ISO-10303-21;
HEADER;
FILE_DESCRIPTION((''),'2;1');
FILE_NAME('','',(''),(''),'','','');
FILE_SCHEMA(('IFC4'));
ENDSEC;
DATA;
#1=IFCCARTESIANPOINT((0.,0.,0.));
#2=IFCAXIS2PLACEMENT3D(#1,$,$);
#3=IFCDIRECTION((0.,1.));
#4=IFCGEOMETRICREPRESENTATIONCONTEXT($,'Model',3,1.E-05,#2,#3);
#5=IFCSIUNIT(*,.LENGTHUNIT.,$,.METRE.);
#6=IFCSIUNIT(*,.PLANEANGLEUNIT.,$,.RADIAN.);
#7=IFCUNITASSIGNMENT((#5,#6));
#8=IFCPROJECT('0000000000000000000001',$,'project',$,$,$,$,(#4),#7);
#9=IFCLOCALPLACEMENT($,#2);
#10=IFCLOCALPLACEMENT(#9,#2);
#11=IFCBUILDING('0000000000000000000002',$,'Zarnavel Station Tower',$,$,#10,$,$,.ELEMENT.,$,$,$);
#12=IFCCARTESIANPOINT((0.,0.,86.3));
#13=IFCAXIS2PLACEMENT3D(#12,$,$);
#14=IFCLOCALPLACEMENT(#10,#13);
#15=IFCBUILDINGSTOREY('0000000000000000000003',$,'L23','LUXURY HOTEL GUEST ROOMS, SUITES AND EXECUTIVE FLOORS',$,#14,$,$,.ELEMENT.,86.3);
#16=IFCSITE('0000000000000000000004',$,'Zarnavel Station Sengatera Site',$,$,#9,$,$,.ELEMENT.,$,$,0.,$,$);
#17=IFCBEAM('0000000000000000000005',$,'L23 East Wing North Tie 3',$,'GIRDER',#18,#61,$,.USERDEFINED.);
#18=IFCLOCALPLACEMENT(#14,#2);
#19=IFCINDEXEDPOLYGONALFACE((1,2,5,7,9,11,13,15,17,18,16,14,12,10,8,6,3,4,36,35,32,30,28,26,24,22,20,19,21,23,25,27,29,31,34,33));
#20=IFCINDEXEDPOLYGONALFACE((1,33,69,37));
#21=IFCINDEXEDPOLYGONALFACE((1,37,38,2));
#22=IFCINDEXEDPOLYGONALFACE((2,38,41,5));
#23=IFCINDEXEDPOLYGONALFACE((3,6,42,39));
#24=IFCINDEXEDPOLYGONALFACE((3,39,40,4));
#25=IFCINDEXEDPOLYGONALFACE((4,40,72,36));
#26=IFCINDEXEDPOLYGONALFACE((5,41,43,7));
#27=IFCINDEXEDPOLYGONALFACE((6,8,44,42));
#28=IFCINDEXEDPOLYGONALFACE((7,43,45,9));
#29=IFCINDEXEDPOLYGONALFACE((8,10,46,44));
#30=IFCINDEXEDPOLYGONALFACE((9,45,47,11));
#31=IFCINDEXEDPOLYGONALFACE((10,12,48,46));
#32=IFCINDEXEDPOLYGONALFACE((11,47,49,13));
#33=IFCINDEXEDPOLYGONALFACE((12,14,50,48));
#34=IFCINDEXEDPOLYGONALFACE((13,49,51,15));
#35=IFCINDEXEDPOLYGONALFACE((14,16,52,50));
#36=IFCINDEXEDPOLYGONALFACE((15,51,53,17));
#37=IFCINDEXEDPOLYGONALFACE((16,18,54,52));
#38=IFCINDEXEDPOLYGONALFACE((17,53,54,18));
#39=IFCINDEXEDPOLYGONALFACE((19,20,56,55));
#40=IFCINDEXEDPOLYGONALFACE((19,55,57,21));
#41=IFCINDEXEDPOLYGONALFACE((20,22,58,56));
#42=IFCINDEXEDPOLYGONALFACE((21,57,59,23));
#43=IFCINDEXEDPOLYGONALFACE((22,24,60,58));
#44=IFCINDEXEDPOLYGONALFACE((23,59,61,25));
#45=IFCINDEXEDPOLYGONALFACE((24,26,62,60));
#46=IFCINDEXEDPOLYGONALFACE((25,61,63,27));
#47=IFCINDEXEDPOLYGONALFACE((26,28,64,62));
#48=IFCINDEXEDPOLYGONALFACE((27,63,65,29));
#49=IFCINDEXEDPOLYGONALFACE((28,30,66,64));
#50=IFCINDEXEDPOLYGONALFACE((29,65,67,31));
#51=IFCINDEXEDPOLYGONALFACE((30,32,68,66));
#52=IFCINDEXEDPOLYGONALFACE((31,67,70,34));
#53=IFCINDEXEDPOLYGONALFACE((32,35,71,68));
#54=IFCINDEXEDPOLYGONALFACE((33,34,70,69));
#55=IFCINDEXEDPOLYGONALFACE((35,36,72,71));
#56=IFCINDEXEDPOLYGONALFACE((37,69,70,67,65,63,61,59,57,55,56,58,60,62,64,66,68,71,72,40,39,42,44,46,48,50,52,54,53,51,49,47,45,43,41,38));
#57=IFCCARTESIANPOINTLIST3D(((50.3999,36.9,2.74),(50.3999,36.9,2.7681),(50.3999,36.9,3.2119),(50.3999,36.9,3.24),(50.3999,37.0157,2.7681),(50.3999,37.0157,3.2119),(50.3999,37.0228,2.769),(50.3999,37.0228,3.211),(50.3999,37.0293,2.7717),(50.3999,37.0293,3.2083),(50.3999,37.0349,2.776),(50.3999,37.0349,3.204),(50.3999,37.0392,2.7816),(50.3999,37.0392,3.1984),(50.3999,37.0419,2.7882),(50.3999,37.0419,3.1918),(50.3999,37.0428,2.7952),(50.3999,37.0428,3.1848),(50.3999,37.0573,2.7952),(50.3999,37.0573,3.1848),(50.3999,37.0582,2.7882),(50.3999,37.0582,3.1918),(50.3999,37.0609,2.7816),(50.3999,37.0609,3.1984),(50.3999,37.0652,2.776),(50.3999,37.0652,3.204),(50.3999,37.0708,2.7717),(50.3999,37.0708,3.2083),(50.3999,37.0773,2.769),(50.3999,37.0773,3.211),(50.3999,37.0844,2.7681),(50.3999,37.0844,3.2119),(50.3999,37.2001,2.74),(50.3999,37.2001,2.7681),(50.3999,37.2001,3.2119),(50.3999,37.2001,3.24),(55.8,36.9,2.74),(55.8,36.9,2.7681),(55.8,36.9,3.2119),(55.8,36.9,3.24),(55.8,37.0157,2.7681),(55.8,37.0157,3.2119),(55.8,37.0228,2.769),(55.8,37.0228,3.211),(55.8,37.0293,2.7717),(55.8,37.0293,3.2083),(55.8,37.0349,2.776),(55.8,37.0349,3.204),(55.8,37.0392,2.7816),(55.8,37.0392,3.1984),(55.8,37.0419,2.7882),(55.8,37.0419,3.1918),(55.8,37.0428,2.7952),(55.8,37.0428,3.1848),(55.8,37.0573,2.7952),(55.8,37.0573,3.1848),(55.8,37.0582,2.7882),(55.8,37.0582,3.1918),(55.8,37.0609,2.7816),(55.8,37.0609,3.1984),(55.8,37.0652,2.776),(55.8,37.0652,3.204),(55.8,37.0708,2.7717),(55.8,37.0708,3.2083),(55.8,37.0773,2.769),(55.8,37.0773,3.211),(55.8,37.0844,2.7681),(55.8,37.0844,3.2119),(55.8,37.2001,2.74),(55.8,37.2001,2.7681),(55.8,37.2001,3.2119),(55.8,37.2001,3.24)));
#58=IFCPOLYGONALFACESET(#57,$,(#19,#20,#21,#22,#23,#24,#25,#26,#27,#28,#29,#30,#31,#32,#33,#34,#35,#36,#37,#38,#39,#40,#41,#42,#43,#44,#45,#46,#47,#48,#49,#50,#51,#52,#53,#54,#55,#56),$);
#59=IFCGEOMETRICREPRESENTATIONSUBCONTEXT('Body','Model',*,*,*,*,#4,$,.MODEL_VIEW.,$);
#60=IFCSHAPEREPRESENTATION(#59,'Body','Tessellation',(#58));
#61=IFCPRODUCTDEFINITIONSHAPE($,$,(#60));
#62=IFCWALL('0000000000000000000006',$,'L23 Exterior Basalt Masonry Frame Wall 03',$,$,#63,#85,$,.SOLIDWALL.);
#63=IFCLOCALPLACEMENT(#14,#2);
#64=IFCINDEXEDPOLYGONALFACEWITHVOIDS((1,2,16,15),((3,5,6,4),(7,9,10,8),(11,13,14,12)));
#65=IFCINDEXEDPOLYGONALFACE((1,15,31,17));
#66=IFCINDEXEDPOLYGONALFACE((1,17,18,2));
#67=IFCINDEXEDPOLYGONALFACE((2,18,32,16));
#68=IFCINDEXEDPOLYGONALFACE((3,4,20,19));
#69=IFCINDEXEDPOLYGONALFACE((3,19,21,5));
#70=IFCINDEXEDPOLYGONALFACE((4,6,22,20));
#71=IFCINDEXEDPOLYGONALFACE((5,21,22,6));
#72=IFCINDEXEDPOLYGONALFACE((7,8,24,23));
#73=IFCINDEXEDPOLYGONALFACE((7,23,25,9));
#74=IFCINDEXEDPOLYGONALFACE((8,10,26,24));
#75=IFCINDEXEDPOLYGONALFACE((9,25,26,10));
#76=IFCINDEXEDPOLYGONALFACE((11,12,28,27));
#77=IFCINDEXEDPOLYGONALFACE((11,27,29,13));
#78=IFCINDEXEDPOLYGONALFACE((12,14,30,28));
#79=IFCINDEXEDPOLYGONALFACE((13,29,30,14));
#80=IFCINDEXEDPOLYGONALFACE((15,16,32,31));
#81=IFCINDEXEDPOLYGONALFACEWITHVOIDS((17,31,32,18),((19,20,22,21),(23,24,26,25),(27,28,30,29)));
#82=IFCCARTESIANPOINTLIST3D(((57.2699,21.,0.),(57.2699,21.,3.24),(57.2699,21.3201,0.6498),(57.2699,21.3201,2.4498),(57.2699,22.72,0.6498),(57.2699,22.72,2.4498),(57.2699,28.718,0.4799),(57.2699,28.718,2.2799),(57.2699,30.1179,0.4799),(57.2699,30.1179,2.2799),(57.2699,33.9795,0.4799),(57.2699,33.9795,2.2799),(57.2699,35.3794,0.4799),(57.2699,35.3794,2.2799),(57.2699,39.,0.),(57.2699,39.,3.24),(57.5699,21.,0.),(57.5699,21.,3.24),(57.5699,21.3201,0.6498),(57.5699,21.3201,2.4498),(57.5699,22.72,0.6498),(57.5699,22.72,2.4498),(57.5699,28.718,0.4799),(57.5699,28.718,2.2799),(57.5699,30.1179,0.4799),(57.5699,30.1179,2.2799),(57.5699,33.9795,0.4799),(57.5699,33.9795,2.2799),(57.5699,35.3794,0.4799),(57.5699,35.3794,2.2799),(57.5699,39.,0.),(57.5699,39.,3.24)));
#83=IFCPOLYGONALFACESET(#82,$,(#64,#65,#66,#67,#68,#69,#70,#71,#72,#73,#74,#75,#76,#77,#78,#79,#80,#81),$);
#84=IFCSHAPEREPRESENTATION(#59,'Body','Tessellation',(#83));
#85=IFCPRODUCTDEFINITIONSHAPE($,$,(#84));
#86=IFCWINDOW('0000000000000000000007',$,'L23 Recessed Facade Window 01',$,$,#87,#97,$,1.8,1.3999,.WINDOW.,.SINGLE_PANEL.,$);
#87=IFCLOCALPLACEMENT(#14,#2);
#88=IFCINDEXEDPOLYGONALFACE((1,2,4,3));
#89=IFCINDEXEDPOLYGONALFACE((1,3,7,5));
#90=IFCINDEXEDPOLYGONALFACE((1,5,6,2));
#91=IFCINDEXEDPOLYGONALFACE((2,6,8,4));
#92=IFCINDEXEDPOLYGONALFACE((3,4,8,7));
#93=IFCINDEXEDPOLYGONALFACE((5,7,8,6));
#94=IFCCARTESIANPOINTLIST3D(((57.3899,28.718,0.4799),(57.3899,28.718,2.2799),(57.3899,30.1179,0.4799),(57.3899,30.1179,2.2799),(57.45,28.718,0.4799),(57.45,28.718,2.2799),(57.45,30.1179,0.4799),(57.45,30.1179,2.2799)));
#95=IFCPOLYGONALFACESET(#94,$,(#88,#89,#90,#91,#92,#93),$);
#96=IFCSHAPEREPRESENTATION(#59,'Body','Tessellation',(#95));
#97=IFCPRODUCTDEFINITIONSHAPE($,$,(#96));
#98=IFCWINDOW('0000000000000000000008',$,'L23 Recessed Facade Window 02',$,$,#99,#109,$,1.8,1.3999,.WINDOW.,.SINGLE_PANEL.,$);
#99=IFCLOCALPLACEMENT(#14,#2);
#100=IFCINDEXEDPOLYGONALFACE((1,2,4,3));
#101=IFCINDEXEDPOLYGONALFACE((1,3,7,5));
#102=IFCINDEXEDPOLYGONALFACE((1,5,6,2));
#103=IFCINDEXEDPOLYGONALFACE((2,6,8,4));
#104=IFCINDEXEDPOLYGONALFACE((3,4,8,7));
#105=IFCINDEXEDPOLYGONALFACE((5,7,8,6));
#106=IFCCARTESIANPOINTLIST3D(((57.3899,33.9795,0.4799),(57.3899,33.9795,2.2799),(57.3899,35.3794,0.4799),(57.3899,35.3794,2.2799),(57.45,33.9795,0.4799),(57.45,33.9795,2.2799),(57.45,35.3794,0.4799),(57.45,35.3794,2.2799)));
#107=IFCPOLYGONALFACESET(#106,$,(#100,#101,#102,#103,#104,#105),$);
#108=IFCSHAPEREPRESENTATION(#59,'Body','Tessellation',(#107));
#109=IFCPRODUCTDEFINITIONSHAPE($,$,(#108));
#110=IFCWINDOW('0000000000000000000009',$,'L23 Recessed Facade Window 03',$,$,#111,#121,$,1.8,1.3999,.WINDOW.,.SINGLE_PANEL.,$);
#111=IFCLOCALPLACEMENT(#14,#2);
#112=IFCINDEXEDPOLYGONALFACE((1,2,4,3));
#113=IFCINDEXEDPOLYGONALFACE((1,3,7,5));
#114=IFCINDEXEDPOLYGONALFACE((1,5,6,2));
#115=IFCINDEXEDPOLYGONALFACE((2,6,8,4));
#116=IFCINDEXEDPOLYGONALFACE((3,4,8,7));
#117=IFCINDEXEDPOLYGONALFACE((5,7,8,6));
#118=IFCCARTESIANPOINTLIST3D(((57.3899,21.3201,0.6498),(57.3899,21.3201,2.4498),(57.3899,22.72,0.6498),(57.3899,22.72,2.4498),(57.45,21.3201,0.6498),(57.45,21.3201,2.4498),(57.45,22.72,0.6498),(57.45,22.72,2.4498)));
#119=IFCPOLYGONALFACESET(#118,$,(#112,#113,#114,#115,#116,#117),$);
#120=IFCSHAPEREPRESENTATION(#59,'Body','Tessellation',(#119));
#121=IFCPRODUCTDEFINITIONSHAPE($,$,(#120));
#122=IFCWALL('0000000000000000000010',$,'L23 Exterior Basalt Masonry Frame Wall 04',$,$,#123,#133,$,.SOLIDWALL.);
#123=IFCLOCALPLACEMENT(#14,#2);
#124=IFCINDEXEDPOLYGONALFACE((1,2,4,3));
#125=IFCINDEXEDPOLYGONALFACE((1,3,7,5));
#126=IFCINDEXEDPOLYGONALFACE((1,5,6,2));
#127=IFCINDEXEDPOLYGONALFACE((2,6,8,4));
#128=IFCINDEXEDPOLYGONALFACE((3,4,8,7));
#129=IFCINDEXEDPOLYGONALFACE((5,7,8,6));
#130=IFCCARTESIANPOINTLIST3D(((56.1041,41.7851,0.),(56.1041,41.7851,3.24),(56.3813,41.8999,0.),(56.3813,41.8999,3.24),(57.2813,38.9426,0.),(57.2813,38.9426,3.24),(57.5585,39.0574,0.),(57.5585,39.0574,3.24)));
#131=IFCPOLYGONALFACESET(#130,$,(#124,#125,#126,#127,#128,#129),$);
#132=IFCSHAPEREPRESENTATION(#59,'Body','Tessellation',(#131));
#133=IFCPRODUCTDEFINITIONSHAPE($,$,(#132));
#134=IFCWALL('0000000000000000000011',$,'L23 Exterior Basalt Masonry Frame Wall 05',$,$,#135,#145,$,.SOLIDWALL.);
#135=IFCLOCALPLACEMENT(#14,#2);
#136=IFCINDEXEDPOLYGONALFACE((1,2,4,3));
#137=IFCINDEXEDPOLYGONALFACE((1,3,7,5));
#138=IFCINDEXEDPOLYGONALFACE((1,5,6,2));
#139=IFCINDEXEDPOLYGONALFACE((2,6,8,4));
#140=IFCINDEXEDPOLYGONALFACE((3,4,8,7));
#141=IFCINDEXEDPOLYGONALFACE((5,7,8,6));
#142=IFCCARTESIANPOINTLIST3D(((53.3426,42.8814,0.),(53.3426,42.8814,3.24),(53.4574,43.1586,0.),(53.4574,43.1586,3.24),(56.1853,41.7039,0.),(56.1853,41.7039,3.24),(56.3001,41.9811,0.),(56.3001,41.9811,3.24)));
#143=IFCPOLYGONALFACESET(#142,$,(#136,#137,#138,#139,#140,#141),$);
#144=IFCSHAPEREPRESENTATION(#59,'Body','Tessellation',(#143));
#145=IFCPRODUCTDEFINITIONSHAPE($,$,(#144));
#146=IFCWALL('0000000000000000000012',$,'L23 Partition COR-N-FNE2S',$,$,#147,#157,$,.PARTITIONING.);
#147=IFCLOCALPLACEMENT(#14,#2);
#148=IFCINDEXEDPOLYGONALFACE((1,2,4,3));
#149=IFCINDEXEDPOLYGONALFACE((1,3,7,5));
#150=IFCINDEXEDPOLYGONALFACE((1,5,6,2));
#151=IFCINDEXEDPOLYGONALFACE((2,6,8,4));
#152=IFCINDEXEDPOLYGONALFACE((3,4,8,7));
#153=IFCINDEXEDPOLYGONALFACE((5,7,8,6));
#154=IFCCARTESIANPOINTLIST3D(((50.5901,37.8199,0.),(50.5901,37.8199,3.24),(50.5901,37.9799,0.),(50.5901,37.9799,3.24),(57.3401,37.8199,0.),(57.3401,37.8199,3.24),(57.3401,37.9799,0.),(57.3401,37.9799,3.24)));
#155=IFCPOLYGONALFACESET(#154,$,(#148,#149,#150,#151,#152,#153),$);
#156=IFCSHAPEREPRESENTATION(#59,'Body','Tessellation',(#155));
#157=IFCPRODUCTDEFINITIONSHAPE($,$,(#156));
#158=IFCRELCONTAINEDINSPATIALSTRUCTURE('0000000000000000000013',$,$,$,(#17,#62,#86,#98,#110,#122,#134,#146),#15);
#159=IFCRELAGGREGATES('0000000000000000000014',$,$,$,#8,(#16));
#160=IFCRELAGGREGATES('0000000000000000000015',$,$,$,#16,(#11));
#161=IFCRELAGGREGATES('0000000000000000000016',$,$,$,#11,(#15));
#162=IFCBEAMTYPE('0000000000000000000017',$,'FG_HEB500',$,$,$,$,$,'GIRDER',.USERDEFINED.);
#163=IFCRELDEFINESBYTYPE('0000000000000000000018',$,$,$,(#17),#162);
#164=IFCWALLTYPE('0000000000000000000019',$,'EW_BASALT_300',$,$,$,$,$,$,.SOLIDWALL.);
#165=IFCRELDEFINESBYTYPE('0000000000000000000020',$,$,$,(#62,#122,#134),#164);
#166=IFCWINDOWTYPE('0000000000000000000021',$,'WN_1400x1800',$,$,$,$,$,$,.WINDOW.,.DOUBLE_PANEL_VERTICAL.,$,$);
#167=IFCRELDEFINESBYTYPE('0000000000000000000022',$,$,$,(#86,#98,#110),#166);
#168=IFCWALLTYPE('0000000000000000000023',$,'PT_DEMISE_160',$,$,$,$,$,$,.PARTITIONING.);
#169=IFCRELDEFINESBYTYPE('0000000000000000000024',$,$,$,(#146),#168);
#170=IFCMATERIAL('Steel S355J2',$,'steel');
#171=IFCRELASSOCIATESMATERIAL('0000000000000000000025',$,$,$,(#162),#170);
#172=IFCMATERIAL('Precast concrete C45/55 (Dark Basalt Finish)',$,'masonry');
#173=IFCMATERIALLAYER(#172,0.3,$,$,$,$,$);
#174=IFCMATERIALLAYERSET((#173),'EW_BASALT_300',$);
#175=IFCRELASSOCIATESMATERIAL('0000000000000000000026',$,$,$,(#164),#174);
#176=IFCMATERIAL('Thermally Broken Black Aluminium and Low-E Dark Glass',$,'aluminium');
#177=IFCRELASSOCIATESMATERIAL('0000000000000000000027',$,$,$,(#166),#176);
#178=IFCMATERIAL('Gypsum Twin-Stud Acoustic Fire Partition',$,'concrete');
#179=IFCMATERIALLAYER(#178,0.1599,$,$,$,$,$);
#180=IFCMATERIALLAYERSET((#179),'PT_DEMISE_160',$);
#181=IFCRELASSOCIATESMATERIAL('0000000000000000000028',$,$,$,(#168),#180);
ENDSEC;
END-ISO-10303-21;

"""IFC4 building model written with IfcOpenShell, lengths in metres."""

from ifc_helpers import new_model, si_unit, direction, frame, frame_2d, origin, origin_2d, place, context, subcontext, project, spatial, rectangle, i_section, extrude, material, layer, layer_set, material_profile, profile_set, type_object, element, fill, save


model = new_model("IFC4")

# Units and contexts
model_context = context("Model", 3, precision=1e-05, world=origin(), true_north=direction((0.0, 1.0)))
body_context = subcontext(model_context, "Body", "Model", "MODEL_VIEW")
ifc_project = project(units=[si_unit("LENGTHUNIT", "METRE"), si_unit("PLANEANGLEUNIT", "RADIAN")], contexts=[model_context])

# Site, building, storey
site_placement = place(None, origin())
site = spatial("IfcSite", under=ifc_project, at=site_placement, Name="Zarnavel Station Sengatera Site", CompositionType="ELEMENT", RefElevation=0.0)
building_placement = place(site_placement, origin())
building = spatial("IfcBuilding", under=site, at=building_placement, Name="Zarnavel Station Tower", CompositionType="ELEMENT")
storey_placement = place(building_placement, frame((0.0, 0.0, 86.3)))
storey = spatial("IfcBuildingStorey", under=building, at=storey_placement, Name="L23", Description="LUXURY HOTEL GUEST ROOMS, SUITES AND EXECUTIVE FLOORS", CompositionType="ELEMENT", Elevation=86.3)

# Beam
ifc_material_1 = material(Name="Steel S355J2", Category="steel")
ifc_material_profile_1 = material_profile(ifc_material_1, i_section(OverallWidth=0.3, OverallDepth=0.5, WebThickness=0.0144, FlangeThickness=0.0281, FilletRadius=0.0271, at=origin_2d()), Name="HEB500")
ifc_profile_set_1 = profile_set([ifc_material_profile_1], Name="Steel S355J2")
beam_type = type_object("IfcBeamType", Name="FG_HEB500", ElementType="GIRDER", PredefinedType="USERDEFINED", material=ifc_profile_set_1)
beam_1_placement = place(storey_placement, frame((50.3999, 37.05, 2.99), z_axis=(1.0, 0.0, 0.0), x_axis=(0.0, 1.0, 0.0)))
element("IfcBeam", 1, at=beam_1_placement, inside=storey, type_object=beam_type, Name="L23 East Wing North Tie 3", ObjectType="GIRDER", PredefinedType="USERDEFINED", context=body_context, shape_type="SweptSolid", body=[
    extrude(i_section(OverallWidth=0.3, OverallDepth=0.5, WebThickness=0.0144, FlangeThickness=0.0281, FilletRadius=0.0271, at=origin_2d()), origin(), (0.0, 0.0, 1.0), 5.4001),
])

# Wall, openings, windows
ifc_material_2 = material(Name="Precast concrete C45/55 (Dark Basalt Finish)", Category="masonry")
ifc_layer_1 = layer(ifc_material_2, 0.3)
ifc_layer_set_1 = layer_set([ifc_layer_1], Name="EW_BASALT_300")
wall_type_1 = type_object("IfcWallType", Name="EW_BASALT_300", PredefinedType="SOLIDWALL", material=ifc_layer_set_1)
wall_1_placement = place(storey_placement, frame((57.4199, 39.0, 0.0), z_axis=(0.0, 0.0, 1.0), x_axis=(0.0, -1.0, 0.0)))
wall_1 = element("IfcWall", 2, at=wall_1_placement, inside=storey, type_object=wall_type_1, Name="L23 Exterior Basalt Masonry Frame Wall 03", PredefinedType="SOLIDWALL", context=body_context, shape_type="SweptSolid", body=[
    extrude(rectangle(XDim=18.0, YDim=0.3, at=frame_2d((9.0, 0.0))), origin(), (0.0, 0.0, 1.0), 3.24),
])
opening_1_placement = place(wall_1_placement, frame((8.8821, 0.0, 0.48)))
opening_1 = element("IfcOpeningElement", 3, at=opening_1_placement, cuts=wall_1, PredefinedType="OPENING", context=body_context, shape_type="SweptSolid", body=[
    extrude(rectangle(XDim=1.3999, YDim=1.8, at=frame_2d((0.7, 0.8999))), frame((0.0, 0.1599, 0.0), z_axis=(0.0, -1.0, 0.0), x_axis=(1.0, 0.0, 0.0)), (0.0, 0.0, 1.0), 0.3201),
])
opening_2_placement = place(wall_1_placement, frame((3.6206, 0.0, 0.48)))
opening_2 = element("IfcOpeningElement", 4, at=opening_2_placement, cuts=wall_1, PredefinedType="OPENING", context=body_context, shape_type="SweptSolid", body=[
    extrude(rectangle(XDim=1.3999, YDim=1.8, at=frame_2d((0.7, 0.8999))), frame((0.0, 0.1599, 0.0), z_axis=(0.0, -1.0, 0.0), x_axis=(1.0, 0.0, 0.0)), (0.0, 0.0, 1.0), 0.3201),
])
opening_3_placement = place(wall_1_placement, frame((16.28, 0.0, 0.6499)))
opening_3 = element("IfcOpeningElement", 5, at=opening_3_placement, cuts=wall_1, PredefinedType="OPENING", context=body_context, shape_type="SweptSolid", body=[
    extrude(rectangle(XDim=1.3999, YDim=1.8, at=frame_2d((0.7, 0.8999))), frame((0.0, 0.1599, 0.0), z_axis=(0.0, -1.0, 0.0), x_axis=(1.0, 0.0, 0.0)), (0.0, 0.0, 1.0), 0.3201),
])
ifc_material_3 = material(Name="Thermally Broken Black Aluminium and Low-E Dark Glass", Category="aluminium")
window_type = type_object("IfcWindowType", Name="WN_1400x1800", PartitioningType="DOUBLE_PANEL_VERTICAL", PredefinedType="WINDOW", material=ifc_material_3)
window_1_placement = place(opening_1_placement, origin())
window_1 = element("IfcWindow", 6, at=window_1_placement, inside=storey, type_object=window_type, Name="L23 Recessed Facade Window 01", OverallHeight=1.8, OverallWidth=1.3999, PartitioningType="SINGLE_PANEL", PredefinedType="WINDOW", context=body_context, shape_type="SweptSolid", body=[
    extrude(rectangle(XDim=1.3999, YDim=1.8, at=frame_2d((0.7, 0.8999))), frame((0.0, 0.03, 0.0), z_axis=(0.0, -1.0, 0.0), x_axis=(1.0, 0.0, 0.0)), (0.0, 0.0, 1.0), 0.0601),
])
fill(opening_1, window_1)
window_2_placement = place(opening_2_placement, origin())
window_2 = element("IfcWindow", 7, at=window_2_placement, inside=storey, type_object=window_type, Name="L23 Recessed Facade Window 02", OverallHeight=1.8, OverallWidth=1.3999, PartitioningType="SINGLE_PANEL", PredefinedType="WINDOW", context=body_context, shape_type="SweptSolid", body=[
    extrude(rectangle(XDim=1.3999, YDim=1.8, at=frame_2d((0.7, 0.8999))), frame((0.0, 0.03, 0.0), z_axis=(0.0, -1.0, 0.0), x_axis=(1.0, 0.0, 0.0)), (0.0, 0.0, 1.0), 0.0601),
])
fill(opening_2, window_2)
window_3_placement = place(opening_3_placement, origin())
window_3 = element("IfcWindow", 8, at=window_3_placement, inside=storey, type_object=window_type, Name="L23 Recessed Facade Window 03", OverallHeight=1.8, OverallWidth=1.3999, PartitioningType="SINGLE_PANEL", PredefinedType="WINDOW", context=body_context, shape_type="SweptSolid", body=[
    extrude(rectangle(XDim=1.3999, YDim=1.8, at=frame_2d((0.7, 0.8999))), frame((0.0, 0.03, 0.0), z_axis=(0.0, -1.0, 0.0), x_axis=(1.0, 0.0, 0.0)), (0.0, 0.0, 1.0), 0.0601),
])
fill(opening_3, window_3)

# Walls
wall_2_placement = place(storey_placement, frame((56.2427, 41.8425, 0.0), z_axis=(0.0, 0.0, 1.0), x_axis=(0.382637, -0.923899, 0.0)))
element("IfcWall", 9, at=wall_2_placement, inside=storey, type_object=wall_type_1, Name="L23 Exterior Basalt Masonry Frame Wall 04", PredefinedType="SOLIDWALL", context=body_context, shape_type="SweptSolid", body=[
    extrude(rectangle(XDim=3.0767, YDim=0.3, at=frame_2d((1.5383, 0.0))), origin(), (0.0, 0.0, 1.0), 3.24),
])
wall_3_placement = place(storey_placement, frame((53.3999, 43.02, 0.0), z_axis=(0.0, 0.0, 1.0), x_axis=(0.923882, -0.382676, 0.0)))
element("IfcWall", 10, at=wall_3_placement, inside=storey, type_object=wall_type_1, Name="L23 Exterior Basalt Masonry Frame Wall 05", PredefinedType="SOLIDWALL", context=body_context, shape_type="SweptSolid", body=[
    extrude(rectangle(XDim=3.0769, YDim=0.3, at=frame_2d((1.5386, 0.0))), origin(), (0.0, 0.0, 1.0), 3.24),
])
ifc_material_4 = material(Name="Gypsum Twin-Stud Acoustic Fire Partition", Category="concrete")
ifc_layer_2 = layer(ifc_material_4, 0.1599)
ifc_layer_set_2 = layer_set([ifc_layer_2], Name="PT_DEMISE_160")
wall_type_2 = type_object("IfcWallType", Name="PT_DEMISE_160", PredefinedType="PARTITIONING", material=ifc_layer_set_2)
wall_4_placement = place(storey_placement, frame((50.5901, 37.8999, 0.0), z_axis=(0.0, 0.0, 1.0), x_axis=(1.0, 0.0, 0.0)))
element("IfcWall", 11, at=wall_4_placement, inside=storey, type_object=wall_type_2, Name="L23 Partition COR-N-FNE2S", PredefinedType="PARTITIONING", context=body_context, shape_type="SweptSolid", body=[
    extrude(rectangle(XDim=6.75, YDim=0.1599, at=frame_2d((3.375, 0.0))), origin(), (0.0, 0.0, 1.0), 3.24),
])

save(model, "model.ifc")
